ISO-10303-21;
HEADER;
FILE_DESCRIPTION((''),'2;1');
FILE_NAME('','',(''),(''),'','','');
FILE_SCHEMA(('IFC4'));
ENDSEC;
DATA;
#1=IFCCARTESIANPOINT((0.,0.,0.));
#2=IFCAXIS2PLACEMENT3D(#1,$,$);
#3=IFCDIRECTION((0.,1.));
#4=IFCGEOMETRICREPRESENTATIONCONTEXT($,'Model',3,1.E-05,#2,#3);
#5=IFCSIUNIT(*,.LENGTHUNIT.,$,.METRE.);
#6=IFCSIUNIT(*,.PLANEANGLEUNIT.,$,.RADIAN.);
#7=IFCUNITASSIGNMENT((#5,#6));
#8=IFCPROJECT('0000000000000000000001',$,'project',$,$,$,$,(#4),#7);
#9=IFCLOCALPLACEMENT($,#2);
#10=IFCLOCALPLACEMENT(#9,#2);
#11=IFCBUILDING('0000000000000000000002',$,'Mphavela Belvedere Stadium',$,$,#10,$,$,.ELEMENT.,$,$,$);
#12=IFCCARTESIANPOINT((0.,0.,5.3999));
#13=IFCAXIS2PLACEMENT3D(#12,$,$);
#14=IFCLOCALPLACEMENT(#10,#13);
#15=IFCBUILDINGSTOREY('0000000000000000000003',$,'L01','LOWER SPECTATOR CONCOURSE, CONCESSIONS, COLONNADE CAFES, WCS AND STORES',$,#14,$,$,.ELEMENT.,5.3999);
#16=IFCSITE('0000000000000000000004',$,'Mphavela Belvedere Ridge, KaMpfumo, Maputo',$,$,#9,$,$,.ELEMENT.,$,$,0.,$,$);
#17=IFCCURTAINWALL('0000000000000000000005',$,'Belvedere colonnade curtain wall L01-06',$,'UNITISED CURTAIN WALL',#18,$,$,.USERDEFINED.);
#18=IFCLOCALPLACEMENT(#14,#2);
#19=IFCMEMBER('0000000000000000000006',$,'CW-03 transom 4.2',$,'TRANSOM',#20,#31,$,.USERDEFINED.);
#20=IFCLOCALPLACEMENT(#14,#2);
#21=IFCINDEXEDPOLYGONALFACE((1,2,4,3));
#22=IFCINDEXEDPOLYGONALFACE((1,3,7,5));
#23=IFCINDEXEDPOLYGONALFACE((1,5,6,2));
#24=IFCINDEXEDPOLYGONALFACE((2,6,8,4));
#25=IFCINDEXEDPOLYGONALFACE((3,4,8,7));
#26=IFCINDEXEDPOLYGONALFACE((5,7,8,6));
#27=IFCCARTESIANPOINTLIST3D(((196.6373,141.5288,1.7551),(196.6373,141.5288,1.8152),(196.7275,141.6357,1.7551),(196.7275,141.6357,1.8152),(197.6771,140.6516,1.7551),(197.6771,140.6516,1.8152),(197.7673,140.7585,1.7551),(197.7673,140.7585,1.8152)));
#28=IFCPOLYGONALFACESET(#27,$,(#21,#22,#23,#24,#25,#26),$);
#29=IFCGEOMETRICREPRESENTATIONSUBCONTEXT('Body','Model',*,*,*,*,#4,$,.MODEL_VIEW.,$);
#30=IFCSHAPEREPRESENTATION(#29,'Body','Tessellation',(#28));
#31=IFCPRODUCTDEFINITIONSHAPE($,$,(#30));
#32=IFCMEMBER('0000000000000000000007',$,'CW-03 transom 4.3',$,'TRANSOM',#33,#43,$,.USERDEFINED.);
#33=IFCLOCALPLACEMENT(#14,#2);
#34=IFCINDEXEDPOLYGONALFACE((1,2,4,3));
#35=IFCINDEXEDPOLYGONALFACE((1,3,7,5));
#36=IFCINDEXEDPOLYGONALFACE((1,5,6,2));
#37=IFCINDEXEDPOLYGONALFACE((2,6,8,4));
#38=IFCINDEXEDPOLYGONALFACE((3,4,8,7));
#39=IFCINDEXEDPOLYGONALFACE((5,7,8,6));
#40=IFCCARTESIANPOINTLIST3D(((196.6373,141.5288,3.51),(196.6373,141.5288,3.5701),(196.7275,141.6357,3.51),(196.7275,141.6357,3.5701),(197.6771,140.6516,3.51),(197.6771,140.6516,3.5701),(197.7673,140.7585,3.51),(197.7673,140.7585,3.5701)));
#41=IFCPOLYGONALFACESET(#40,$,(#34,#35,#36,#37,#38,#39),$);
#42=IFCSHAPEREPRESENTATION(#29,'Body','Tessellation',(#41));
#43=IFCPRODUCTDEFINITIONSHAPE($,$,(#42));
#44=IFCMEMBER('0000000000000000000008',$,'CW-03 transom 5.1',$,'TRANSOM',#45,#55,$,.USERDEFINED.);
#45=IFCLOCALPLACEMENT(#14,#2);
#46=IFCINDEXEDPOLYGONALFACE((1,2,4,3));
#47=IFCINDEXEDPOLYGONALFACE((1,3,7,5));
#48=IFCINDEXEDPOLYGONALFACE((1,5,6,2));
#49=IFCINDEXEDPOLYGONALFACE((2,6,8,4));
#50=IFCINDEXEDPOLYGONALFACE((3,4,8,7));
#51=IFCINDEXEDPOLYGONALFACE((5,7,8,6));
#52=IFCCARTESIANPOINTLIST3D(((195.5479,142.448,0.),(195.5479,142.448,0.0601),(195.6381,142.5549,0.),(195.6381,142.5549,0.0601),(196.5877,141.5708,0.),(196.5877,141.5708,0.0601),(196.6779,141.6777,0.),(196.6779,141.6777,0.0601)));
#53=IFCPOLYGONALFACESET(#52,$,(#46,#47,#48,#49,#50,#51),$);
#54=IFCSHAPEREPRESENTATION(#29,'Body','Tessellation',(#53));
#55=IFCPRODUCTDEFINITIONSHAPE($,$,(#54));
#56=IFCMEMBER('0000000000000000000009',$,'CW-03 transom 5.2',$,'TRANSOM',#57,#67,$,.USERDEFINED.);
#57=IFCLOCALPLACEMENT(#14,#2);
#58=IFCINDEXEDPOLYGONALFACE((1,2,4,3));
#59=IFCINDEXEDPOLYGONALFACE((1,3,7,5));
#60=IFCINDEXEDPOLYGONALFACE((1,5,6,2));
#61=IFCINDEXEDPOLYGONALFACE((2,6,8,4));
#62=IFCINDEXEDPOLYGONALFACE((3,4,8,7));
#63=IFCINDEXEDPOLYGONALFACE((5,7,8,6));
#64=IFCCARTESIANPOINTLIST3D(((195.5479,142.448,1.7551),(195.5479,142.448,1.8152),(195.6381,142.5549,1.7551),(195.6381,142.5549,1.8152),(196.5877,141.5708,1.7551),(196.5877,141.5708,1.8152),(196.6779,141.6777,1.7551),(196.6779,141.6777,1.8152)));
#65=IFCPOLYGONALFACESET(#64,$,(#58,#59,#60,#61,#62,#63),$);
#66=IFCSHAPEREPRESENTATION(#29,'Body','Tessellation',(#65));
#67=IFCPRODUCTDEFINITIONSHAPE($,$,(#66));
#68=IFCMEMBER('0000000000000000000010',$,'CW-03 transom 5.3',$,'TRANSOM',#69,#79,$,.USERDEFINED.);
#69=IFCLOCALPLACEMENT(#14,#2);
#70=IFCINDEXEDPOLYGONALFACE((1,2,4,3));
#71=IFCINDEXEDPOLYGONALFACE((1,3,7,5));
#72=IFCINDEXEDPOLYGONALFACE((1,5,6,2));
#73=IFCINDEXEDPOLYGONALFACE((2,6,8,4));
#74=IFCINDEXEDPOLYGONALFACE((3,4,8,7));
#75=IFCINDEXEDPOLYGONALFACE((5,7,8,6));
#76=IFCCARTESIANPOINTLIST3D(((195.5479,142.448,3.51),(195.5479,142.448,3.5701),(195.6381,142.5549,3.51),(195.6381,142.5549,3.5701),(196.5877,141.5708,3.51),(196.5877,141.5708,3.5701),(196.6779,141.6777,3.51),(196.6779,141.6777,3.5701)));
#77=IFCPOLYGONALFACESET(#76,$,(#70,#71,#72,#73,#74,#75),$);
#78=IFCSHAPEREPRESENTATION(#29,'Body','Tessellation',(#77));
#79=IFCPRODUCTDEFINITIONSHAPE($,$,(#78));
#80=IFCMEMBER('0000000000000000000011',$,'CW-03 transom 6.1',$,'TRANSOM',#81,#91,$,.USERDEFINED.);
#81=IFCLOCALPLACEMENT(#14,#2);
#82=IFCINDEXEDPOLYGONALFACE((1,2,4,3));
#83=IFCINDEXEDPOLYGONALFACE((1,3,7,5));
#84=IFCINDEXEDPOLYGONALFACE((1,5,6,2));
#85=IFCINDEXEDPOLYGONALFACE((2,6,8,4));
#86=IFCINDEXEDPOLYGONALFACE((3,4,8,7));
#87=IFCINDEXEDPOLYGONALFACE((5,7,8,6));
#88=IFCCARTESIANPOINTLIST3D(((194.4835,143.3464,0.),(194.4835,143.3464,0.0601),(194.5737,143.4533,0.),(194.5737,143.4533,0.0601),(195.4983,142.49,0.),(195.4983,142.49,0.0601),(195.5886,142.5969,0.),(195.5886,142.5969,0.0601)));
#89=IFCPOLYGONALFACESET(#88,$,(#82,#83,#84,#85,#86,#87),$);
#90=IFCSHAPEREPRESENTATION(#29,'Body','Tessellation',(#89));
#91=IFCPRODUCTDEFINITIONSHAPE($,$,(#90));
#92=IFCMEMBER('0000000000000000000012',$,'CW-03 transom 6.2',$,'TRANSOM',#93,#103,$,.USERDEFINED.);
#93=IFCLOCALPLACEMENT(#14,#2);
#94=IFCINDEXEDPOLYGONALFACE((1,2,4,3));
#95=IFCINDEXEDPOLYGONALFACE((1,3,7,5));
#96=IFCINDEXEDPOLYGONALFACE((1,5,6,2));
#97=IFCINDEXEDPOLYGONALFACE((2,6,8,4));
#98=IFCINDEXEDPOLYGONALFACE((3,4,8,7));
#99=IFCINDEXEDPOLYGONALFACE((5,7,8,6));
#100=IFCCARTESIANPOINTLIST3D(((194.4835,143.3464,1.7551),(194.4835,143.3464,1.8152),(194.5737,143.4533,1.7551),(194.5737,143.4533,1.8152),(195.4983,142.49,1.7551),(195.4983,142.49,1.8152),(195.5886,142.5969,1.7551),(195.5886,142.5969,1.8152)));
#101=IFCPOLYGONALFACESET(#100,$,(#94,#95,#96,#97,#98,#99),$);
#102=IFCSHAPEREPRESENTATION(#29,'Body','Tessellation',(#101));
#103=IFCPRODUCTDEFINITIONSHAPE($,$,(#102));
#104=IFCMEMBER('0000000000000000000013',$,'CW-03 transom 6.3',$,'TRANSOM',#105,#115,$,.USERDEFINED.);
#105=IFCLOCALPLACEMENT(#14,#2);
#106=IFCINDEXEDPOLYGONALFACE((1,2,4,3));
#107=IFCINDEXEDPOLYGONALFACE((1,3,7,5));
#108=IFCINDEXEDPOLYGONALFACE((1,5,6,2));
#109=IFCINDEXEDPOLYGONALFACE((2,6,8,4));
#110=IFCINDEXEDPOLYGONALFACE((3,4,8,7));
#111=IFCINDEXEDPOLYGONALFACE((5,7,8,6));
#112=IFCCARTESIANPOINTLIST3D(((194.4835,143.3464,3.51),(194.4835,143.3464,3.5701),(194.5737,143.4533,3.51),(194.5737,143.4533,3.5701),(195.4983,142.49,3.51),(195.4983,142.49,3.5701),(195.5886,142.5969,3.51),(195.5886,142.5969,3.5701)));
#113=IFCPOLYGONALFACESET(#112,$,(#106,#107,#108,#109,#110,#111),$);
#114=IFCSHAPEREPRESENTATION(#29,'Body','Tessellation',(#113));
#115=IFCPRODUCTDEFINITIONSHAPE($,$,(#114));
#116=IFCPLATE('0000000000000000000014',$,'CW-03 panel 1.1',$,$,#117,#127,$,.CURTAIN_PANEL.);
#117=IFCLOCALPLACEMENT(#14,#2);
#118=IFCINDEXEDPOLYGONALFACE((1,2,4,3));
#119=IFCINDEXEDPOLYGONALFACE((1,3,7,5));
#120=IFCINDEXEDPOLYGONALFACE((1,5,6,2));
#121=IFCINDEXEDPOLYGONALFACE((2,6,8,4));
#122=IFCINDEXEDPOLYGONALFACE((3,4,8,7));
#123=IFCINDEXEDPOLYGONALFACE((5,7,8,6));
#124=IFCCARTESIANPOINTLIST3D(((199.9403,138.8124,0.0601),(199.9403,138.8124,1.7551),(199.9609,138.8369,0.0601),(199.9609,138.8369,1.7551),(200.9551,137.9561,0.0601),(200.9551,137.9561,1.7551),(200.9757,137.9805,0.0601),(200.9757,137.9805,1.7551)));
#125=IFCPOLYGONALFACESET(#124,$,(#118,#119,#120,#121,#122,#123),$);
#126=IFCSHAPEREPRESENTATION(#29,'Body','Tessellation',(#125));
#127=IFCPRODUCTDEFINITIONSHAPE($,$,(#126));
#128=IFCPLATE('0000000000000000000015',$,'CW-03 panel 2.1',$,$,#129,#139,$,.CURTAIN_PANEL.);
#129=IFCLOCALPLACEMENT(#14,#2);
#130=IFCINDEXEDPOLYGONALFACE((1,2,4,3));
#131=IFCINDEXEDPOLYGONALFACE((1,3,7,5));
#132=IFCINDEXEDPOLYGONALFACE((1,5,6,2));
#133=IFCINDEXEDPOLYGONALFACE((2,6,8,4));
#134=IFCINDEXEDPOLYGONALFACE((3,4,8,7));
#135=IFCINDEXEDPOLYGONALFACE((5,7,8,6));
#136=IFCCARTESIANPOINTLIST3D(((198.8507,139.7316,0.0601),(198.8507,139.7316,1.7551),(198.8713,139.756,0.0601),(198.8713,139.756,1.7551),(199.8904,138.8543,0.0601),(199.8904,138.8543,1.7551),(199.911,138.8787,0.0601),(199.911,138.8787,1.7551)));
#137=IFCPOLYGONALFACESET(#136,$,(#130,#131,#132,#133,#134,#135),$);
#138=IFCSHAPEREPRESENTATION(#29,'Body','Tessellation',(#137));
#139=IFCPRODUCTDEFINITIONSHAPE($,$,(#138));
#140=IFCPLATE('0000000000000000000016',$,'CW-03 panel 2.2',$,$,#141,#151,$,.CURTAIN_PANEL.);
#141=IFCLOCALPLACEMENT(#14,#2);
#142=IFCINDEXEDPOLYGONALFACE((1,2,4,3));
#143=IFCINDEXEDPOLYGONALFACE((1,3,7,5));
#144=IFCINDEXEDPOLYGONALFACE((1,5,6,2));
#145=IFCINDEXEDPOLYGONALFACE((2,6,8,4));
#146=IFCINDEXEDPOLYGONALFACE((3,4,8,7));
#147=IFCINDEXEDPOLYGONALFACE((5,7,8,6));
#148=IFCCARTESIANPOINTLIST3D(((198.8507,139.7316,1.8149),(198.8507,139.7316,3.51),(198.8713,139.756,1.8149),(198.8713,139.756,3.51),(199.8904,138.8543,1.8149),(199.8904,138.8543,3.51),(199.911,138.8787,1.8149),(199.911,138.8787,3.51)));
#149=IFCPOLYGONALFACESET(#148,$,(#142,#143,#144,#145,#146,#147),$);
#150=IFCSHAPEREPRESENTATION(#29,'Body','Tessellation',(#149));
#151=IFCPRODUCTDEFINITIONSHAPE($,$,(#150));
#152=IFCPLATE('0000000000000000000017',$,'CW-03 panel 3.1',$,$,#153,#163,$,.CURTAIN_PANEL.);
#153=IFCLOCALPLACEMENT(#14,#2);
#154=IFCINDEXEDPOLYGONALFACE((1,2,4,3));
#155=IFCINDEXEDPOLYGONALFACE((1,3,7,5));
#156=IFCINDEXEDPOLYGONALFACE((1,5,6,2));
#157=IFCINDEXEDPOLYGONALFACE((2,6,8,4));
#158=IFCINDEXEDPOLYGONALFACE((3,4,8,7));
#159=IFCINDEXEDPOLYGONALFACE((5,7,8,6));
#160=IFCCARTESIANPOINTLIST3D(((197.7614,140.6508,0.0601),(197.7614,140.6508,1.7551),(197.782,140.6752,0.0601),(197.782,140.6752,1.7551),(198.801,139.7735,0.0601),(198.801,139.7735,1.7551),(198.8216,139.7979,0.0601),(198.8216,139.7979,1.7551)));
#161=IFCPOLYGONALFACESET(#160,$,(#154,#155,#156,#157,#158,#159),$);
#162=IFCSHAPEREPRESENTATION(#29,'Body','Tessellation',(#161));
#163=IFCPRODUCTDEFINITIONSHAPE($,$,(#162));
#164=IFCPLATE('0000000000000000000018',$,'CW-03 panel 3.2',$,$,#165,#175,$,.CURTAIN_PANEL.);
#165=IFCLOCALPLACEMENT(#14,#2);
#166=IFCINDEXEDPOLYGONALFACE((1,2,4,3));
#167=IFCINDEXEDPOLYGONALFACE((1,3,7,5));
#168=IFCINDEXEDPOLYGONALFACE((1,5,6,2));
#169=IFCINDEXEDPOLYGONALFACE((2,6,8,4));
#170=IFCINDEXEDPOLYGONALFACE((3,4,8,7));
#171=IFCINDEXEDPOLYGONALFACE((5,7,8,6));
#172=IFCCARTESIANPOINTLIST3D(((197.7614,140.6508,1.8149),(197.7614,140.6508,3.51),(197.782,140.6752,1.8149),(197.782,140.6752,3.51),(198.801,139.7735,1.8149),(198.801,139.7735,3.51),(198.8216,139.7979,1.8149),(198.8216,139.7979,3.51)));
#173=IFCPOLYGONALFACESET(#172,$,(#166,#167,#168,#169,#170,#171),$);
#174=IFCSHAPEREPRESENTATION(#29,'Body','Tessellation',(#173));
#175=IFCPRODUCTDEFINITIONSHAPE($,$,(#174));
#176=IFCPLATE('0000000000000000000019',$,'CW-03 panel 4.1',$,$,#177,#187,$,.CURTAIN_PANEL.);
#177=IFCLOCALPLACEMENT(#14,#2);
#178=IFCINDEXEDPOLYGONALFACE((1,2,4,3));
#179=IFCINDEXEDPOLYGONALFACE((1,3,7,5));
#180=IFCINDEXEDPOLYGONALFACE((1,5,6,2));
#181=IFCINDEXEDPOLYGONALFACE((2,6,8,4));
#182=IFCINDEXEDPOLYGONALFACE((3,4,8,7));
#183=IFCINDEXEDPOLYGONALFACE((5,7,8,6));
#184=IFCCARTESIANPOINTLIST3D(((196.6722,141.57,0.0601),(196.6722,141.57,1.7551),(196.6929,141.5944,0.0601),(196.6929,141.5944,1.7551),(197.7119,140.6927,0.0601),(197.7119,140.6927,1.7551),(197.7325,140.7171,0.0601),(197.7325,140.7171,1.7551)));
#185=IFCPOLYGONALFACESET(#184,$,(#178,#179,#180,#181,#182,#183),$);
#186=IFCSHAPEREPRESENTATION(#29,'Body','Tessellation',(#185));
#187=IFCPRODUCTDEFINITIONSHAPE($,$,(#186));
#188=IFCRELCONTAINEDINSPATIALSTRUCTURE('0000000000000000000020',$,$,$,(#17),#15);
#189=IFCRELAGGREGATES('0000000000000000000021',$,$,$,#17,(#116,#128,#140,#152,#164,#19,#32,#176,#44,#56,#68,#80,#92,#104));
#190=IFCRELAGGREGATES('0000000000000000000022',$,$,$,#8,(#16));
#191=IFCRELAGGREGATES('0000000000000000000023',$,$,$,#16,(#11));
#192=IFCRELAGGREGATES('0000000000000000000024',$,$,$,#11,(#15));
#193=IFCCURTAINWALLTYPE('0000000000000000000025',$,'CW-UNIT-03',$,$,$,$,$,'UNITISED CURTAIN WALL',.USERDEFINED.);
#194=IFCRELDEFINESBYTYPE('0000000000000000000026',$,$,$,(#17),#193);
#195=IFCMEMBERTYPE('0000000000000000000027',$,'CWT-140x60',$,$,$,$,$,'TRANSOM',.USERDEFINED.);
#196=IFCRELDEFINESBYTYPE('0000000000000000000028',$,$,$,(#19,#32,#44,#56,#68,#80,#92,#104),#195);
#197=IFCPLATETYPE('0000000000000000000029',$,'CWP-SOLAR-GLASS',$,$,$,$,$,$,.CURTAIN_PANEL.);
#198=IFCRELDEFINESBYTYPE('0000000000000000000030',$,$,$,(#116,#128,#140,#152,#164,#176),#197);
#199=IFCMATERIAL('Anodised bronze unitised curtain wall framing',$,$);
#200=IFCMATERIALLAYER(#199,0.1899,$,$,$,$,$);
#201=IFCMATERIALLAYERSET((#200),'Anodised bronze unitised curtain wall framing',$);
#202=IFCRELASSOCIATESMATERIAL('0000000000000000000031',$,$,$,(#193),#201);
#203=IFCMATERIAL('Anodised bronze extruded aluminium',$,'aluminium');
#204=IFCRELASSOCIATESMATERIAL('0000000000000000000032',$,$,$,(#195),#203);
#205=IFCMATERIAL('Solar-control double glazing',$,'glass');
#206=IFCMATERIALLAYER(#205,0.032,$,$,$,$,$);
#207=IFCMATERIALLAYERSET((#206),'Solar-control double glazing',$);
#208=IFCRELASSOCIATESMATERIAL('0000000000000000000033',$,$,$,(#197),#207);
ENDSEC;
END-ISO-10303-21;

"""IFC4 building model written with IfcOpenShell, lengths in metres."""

from ifc_helpers import new_model, si_unit, direction, frame, origin, origin_2d, place, context, subcontext, project, spatial, rectangle, extrude, material, layer, layer_set, material_profile, profile_set, type_object, element, aggregate, save


model = new_model("IFC4")

# Units and contexts
model_context = context("Model", 3, precision=1e-05, world=origin(), true_north=direction((0.0, 1.0)))
body_context = subcontext(model_context, "Body", "Model", "MODEL_VIEW")
ifc_project = project(units=[si_unit("LENGTHUNIT", "METRE"), si_unit("PLANEANGLEUNIT", "RADIAN")], contexts=[model_context])

# Site, building, storey
site_placement = place(None, origin())
site = spatial("IfcSite", under=ifc_project, at=site_placement, Name="Mphavela Belvedere Ridge, KaMpfumo, Maputo", CompositionType="ELEMENT", RefElevation=0.0)
building_placement = place(site_placement, origin())
building = spatial("IfcBuilding", under=site, at=building_placement, Name="Mphavela Belvedere Stadium", CompositionType="ELEMENT")
storey_placement = place(building_placement, frame((0.0, 0.0, 5.3999)))
storey = spatial("IfcBuildingStorey", under=building, at=storey_placement, Name="L01", Description="LOWER SPECTATOR CONCOURSE, CONCESSIONS, COLONNADE CAFES, WCS AND STORES", CompositionType="ELEMENT", Elevation=5.3999)

# Curtain wall, members, plates
ifc_material_1 = material(Name="Anodised bronze unitised curtain wall framing")
ifc_layer_1 = layer(ifc_material_1, 0.1899)
ifc_layer_set_1 = layer_set([ifc_layer_1], Name="Anodised bronze unitised curtain wall framing")
curtain_wall_type = type_object("IfcCurtainWallType", Name="CW-UNIT-03", ElementType="UNITISED CURTAIN WALL", PredefinedType="USERDEFINED", material=ifc_layer_set_1)
curtain_wall_placement = place(storey_placement, origin())
curtain_wall = element("IfcCurtainWall", 1, at=curtain_wall_placement, inside=storey, type_object=curtain_wall_type, Name="Belvedere colonnade curtain wall L01-06", ObjectType="UNITISED CURTAIN WALL", PredefinedType="USERDEFINED")
ifc_material_2 = material(Name="Anodised bronze extruded aluminium", Category="aluminium")
ifc_material_profile_1 = material_profile(ifc_material_2, rectangle(XDim=0.1399, YDim=0.0601, at=origin_2d()), Name="CW-TRN 140x60")
ifc_profile_set_1 = profile_set([ifc_material_profile_1], Name="Anodised bronze extruded aluminium")
member_type_1 = type_object("IfcMemberType", Name="CWT-140x60", ElementType="TRANSOM", PredefinedType="USERDEFINED", material=ifc_profile_set_1)
member_1_placement = place(storey_placement, frame((197.7222, 140.7051, 1.7852), z_axis=(-0.764338, 0.644815, 0.0), x_axis=(-0.644815, -0.764338, 0.0)))
member_1 = element("IfcMember", 2, at=member_1_placement, type_object=member_type_1, Name="CW-03 transom 4.2", ObjectType="TRANSOM", PredefinedType="USERDEFINED", context=body_context, shape_type="SweptSolid", body=[
    extrude(rectangle(XDim=0.1399, YDim=0.0601, at=origin_2d()), origin(), (0.0, 0.0, 1.0), 1.3604),
])
member_2_placement = place(storey_placement, frame((197.7222, 140.7051, 3.54), z_axis=(-0.764338, 0.644815, 0.0), x_axis=(-0.644815, -0.764338, 0.0)))
member_2 = element("IfcMember", 3, at=member_2_placement, type_object=member_type_1, Name="CW-03 transom 4.3", ObjectType="TRANSOM", PredefinedType="USERDEFINED", context=body_context, shape_type="SweptSolid", body=[
    extrude(rectangle(XDim=0.1399, YDim=0.0601, at=origin_2d()), origin(), (0.0, 0.0, 1.0), 1.3604),
])
member_3_placement = place(storey_placement, frame((196.6328, 141.6243, 0.03), z_axis=(-0.764338, 0.644815, 0.0), x_axis=(-0.644815, -0.764338, 0.0)))
member_3 = element("IfcMember", 4, at=member_3_placement, type_object=member_type_1, Name="CW-03 transom 5.1", ObjectType="TRANSOM", PredefinedType="USERDEFINED", context=body_context, shape_type="SweptSolid", body=[
    extrude(rectangle(XDim=0.1399, YDim=0.0601, at=origin_2d()), origin(), (0.0, 0.0, 1.0), 1.3604),
])
member_4_placement = place(storey_placement, frame((196.6328, 141.6243, 1.7852), z_axis=(-0.764338, 0.644815, 0.0), x_axis=(-0.644815, -0.764338, 0.0)))
member_4 = element("IfcMember", 5, at=member_4_placement, type_object=member_type_1, Name="CW-03 transom 5.2", ObjectType="TRANSOM", PredefinedType="USERDEFINED", context=body_context, shape_type="SweptSolid", body=[
    extrude(rectangle(XDim=0.1399, YDim=0.0601, at=origin_2d()), origin(), (0.0, 0.0, 1.0), 1.3604),
])
member_5_placement = place(storey_placement, frame((196.6328, 141.6243, 3.54), z_axis=(-0.764338, 0.644815, 0.0), x_axis=(-0.644815, -0.764338, 0.0)))
member_5 = element("IfcMember", 6, at=member_5_placement, type_object=member_type_1, Name="CW-03 transom 5.3", ObjectType="TRANSOM", PredefinedType="USERDEFINED", context=body_context, shape_type="SweptSolid", body=[
    extrude(rectangle(XDim=0.1399, YDim=0.0601, at=origin_2d()), origin(), (0.0, 0.0, 1.0), 1.3604),
])
member_6_placement = place(storey_placement, frame((195.5435, 142.5435, 0.03), z_axis=(-0.764243, 0.644928, 0.0), x_axis=(-0.644928, -0.764243, 0.0)))
member_6 = element("IfcMember", 7, at=member_6_placement, type_object=member_type_1, Name="CW-03 transom 6.1", ObjectType="TRANSOM", PredefinedType="USERDEFINED", context=body_context, shape_type="SweptSolid", body=[
    extrude(rectangle(XDim=0.1399, YDim=0.0601, at=origin_2d()), origin(), (0.0, 0.0, 1.0), 1.3279),
])
member_7_placement = place(storey_placement, frame((195.5435, 142.5435, 1.7852), z_axis=(-0.764243, 0.644928, 0.0), x_axis=(-0.644928, -0.764243, 0.0)))
member_7 = element("IfcMember", 8, at=member_7_placement, type_object=member_type_1, Name="CW-03 transom 6.2", ObjectType="TRANSOM", PredefinedType="USERDEFINED", context=body_context, shape_type="SweptSolid", body=[
    extrude(rectangle(XDim=0.1399, YDim=0.0601, at=origin_2d()), origin(), (0.0, 0.0, 1.0), 1.3279),
])
member_8_placement = place(storey_placement, frame((195.5435, 142.5435, 3.54), z_axis=(-0.764243, 0.644928, 0.0), x_axis=(-0.644928, -0.764243, 0.0)))
member_8 = element("IfcMember", 9, at=member_8_placement, type_object=member_type_1, Name="CW-03 transom 6.3", ObjectType="TRANSOM", PredefinedType="USERDEFINED", context=body_context, shape_type="SweptSolid", body=[
    extrude(rectangle(XDim=0.1399, YDim=0.0601, at=origin_2d()), origin(), (0.0, 0.0, 1.0), 1.3279),
])
ifc_material_3 = material(Name="Solar-control double glazing", Category="glass")
ifc_layer_2 = layer(ifc_material_3, 0.032)
ifc_layer_set_2 = layer_set([ifc_layer_2], Name="Solar-control double glazing")
plate_type = type_object("IfcPlateType", Name="CWP-SOLAR-GLASS", PredefinedType="CURTAIN_PANEL", material=ifc_layer_set_2)
plate_1_placement = place(storey_placement, frame((200.458, 138.3965, 0.0601), z_axis=(0.0, 0.0, 1.0), x_axis=(-0.764259, 0.64491, 0.0)))
plate_1 = element("IfcPlate", 10, at=plate_1_placement, type_object=plate_type, Name="CW-03 panel 1.1", PredefinedType="CURTAIN_PANEL", context=body_context, shape_type="SweptSolid", body=[
    extrude(rectangle(XDim=1.3279, YDim=0.032, at=origin_2d()), origin(), (0.0, 0.0, 1.0), 1.6951),
])
plate_2_placement = place(storey_placement, frame((199.3809, 139.3052, 0.0601), z_axis=(0.0, 0.0, 1.0), x_axis=(-0.764259, 0.64491, 0.0)))
plate_2 = element("IfcPlate", 11, at=plate_2_placement, type_object=plate_type, Name="CW-03 panel 2.1", PredefinedType="CURTAIN_PANEL", context=body_context, shape_type="SweptSolid", body=[
    extrude(rectangle(XDim=1.3604, YDim=0.032, at=origin_2d()), origin(), (0.0, 0.0, 1.0), 1.6951),
])
plate_3_placement = place(storey_placement, frame((199.3809, 139.3052, 1.8149), z_axis=(0.0, 0.0, 1.0), x_axis=(-0.764259, 0.64491, 0.0)))
plate_3 = element("IfcPlate", 12, at=plate_3_placement, type_object=plate_type, Name="CW-03 panel 2.2", PredefinedType="CURTAIN_PANEL", context=body_context, shape_type="SweptSolid", body=[
    extrude(rectangle(XDim=1.3604, YDim=0.032, at=origin_2d()), origin(), (0.0, 0.0, 1.0), 1.6951),
])
plate_4_placement = place(storey_placement, frame((198.2915, 140.2244, 0.0601), z_axis=(0.0, 0.0, 1.0), x_axis=(-0.764259, 0.64491, 0.0)))
plate_4 = element("IfcPlate", 13, at=plate_4_placement, type_object=plate_type, Name="CW-03 panel 3.1", PredefinedType="CURTAIN_PANEL", context=body_context, shape_type="SweptSolid", body=[
    extrude(rectangle(XDim=1.3604, YDim=0.032, at=origin_2d()), origin(), (0.0, 0.0, 1.0), 1.6951),
])
plate_5_placement = place(storey_placement, frame((198.2915, 140.2244, 1.8149), z_axis=(0.0, 0.0, 1.0), x_axis=(-0.764259, 0.64491, 0.0)))
plate_5 = element("IfcPlate", 14, at=plate_5_placement, type_object=plate_type, Name="CW-03 panel 3.2", PredefinedType="CURTAIN_PANEL", context=body_context, shape_type="SweptSolid", body=[
    extrude(rectangle(XDim=1.3604, YDim=0.032, at=origin_2d()), origin(), (0.0, 0.0, 1.0), 1.6951),
])
plate_6_placement = place(storey_placement, frame((197.2024, 141.1436, 0.0601), z_axis=(0.0, 0.0, 1.0), x_axis=(-0.764259, 0.64491, 0.0)))
plate_6 = element("IfcPlate", 15, at=plate_6_placement, type_object=plate_type, Name="CW-03 panel 4.1", PredefinedType="CURTAIN_PANEL", context=body_context, shape_type="SweptSolid", body=[
    extrude(rectangle(XDim=1.3604, YDim=0.032, at=origin_2d()), origin(), (0.0, 0.0, 1.0), 1.6951),
])
aggregate(curtain_wall, [plate_1, plate_2, plate_3, plate_4, plate_5, member_1, member_2, plate_6, member_3, member_4, member_5, member_6, member_7, member_8])

save(model, "model.ifc")
